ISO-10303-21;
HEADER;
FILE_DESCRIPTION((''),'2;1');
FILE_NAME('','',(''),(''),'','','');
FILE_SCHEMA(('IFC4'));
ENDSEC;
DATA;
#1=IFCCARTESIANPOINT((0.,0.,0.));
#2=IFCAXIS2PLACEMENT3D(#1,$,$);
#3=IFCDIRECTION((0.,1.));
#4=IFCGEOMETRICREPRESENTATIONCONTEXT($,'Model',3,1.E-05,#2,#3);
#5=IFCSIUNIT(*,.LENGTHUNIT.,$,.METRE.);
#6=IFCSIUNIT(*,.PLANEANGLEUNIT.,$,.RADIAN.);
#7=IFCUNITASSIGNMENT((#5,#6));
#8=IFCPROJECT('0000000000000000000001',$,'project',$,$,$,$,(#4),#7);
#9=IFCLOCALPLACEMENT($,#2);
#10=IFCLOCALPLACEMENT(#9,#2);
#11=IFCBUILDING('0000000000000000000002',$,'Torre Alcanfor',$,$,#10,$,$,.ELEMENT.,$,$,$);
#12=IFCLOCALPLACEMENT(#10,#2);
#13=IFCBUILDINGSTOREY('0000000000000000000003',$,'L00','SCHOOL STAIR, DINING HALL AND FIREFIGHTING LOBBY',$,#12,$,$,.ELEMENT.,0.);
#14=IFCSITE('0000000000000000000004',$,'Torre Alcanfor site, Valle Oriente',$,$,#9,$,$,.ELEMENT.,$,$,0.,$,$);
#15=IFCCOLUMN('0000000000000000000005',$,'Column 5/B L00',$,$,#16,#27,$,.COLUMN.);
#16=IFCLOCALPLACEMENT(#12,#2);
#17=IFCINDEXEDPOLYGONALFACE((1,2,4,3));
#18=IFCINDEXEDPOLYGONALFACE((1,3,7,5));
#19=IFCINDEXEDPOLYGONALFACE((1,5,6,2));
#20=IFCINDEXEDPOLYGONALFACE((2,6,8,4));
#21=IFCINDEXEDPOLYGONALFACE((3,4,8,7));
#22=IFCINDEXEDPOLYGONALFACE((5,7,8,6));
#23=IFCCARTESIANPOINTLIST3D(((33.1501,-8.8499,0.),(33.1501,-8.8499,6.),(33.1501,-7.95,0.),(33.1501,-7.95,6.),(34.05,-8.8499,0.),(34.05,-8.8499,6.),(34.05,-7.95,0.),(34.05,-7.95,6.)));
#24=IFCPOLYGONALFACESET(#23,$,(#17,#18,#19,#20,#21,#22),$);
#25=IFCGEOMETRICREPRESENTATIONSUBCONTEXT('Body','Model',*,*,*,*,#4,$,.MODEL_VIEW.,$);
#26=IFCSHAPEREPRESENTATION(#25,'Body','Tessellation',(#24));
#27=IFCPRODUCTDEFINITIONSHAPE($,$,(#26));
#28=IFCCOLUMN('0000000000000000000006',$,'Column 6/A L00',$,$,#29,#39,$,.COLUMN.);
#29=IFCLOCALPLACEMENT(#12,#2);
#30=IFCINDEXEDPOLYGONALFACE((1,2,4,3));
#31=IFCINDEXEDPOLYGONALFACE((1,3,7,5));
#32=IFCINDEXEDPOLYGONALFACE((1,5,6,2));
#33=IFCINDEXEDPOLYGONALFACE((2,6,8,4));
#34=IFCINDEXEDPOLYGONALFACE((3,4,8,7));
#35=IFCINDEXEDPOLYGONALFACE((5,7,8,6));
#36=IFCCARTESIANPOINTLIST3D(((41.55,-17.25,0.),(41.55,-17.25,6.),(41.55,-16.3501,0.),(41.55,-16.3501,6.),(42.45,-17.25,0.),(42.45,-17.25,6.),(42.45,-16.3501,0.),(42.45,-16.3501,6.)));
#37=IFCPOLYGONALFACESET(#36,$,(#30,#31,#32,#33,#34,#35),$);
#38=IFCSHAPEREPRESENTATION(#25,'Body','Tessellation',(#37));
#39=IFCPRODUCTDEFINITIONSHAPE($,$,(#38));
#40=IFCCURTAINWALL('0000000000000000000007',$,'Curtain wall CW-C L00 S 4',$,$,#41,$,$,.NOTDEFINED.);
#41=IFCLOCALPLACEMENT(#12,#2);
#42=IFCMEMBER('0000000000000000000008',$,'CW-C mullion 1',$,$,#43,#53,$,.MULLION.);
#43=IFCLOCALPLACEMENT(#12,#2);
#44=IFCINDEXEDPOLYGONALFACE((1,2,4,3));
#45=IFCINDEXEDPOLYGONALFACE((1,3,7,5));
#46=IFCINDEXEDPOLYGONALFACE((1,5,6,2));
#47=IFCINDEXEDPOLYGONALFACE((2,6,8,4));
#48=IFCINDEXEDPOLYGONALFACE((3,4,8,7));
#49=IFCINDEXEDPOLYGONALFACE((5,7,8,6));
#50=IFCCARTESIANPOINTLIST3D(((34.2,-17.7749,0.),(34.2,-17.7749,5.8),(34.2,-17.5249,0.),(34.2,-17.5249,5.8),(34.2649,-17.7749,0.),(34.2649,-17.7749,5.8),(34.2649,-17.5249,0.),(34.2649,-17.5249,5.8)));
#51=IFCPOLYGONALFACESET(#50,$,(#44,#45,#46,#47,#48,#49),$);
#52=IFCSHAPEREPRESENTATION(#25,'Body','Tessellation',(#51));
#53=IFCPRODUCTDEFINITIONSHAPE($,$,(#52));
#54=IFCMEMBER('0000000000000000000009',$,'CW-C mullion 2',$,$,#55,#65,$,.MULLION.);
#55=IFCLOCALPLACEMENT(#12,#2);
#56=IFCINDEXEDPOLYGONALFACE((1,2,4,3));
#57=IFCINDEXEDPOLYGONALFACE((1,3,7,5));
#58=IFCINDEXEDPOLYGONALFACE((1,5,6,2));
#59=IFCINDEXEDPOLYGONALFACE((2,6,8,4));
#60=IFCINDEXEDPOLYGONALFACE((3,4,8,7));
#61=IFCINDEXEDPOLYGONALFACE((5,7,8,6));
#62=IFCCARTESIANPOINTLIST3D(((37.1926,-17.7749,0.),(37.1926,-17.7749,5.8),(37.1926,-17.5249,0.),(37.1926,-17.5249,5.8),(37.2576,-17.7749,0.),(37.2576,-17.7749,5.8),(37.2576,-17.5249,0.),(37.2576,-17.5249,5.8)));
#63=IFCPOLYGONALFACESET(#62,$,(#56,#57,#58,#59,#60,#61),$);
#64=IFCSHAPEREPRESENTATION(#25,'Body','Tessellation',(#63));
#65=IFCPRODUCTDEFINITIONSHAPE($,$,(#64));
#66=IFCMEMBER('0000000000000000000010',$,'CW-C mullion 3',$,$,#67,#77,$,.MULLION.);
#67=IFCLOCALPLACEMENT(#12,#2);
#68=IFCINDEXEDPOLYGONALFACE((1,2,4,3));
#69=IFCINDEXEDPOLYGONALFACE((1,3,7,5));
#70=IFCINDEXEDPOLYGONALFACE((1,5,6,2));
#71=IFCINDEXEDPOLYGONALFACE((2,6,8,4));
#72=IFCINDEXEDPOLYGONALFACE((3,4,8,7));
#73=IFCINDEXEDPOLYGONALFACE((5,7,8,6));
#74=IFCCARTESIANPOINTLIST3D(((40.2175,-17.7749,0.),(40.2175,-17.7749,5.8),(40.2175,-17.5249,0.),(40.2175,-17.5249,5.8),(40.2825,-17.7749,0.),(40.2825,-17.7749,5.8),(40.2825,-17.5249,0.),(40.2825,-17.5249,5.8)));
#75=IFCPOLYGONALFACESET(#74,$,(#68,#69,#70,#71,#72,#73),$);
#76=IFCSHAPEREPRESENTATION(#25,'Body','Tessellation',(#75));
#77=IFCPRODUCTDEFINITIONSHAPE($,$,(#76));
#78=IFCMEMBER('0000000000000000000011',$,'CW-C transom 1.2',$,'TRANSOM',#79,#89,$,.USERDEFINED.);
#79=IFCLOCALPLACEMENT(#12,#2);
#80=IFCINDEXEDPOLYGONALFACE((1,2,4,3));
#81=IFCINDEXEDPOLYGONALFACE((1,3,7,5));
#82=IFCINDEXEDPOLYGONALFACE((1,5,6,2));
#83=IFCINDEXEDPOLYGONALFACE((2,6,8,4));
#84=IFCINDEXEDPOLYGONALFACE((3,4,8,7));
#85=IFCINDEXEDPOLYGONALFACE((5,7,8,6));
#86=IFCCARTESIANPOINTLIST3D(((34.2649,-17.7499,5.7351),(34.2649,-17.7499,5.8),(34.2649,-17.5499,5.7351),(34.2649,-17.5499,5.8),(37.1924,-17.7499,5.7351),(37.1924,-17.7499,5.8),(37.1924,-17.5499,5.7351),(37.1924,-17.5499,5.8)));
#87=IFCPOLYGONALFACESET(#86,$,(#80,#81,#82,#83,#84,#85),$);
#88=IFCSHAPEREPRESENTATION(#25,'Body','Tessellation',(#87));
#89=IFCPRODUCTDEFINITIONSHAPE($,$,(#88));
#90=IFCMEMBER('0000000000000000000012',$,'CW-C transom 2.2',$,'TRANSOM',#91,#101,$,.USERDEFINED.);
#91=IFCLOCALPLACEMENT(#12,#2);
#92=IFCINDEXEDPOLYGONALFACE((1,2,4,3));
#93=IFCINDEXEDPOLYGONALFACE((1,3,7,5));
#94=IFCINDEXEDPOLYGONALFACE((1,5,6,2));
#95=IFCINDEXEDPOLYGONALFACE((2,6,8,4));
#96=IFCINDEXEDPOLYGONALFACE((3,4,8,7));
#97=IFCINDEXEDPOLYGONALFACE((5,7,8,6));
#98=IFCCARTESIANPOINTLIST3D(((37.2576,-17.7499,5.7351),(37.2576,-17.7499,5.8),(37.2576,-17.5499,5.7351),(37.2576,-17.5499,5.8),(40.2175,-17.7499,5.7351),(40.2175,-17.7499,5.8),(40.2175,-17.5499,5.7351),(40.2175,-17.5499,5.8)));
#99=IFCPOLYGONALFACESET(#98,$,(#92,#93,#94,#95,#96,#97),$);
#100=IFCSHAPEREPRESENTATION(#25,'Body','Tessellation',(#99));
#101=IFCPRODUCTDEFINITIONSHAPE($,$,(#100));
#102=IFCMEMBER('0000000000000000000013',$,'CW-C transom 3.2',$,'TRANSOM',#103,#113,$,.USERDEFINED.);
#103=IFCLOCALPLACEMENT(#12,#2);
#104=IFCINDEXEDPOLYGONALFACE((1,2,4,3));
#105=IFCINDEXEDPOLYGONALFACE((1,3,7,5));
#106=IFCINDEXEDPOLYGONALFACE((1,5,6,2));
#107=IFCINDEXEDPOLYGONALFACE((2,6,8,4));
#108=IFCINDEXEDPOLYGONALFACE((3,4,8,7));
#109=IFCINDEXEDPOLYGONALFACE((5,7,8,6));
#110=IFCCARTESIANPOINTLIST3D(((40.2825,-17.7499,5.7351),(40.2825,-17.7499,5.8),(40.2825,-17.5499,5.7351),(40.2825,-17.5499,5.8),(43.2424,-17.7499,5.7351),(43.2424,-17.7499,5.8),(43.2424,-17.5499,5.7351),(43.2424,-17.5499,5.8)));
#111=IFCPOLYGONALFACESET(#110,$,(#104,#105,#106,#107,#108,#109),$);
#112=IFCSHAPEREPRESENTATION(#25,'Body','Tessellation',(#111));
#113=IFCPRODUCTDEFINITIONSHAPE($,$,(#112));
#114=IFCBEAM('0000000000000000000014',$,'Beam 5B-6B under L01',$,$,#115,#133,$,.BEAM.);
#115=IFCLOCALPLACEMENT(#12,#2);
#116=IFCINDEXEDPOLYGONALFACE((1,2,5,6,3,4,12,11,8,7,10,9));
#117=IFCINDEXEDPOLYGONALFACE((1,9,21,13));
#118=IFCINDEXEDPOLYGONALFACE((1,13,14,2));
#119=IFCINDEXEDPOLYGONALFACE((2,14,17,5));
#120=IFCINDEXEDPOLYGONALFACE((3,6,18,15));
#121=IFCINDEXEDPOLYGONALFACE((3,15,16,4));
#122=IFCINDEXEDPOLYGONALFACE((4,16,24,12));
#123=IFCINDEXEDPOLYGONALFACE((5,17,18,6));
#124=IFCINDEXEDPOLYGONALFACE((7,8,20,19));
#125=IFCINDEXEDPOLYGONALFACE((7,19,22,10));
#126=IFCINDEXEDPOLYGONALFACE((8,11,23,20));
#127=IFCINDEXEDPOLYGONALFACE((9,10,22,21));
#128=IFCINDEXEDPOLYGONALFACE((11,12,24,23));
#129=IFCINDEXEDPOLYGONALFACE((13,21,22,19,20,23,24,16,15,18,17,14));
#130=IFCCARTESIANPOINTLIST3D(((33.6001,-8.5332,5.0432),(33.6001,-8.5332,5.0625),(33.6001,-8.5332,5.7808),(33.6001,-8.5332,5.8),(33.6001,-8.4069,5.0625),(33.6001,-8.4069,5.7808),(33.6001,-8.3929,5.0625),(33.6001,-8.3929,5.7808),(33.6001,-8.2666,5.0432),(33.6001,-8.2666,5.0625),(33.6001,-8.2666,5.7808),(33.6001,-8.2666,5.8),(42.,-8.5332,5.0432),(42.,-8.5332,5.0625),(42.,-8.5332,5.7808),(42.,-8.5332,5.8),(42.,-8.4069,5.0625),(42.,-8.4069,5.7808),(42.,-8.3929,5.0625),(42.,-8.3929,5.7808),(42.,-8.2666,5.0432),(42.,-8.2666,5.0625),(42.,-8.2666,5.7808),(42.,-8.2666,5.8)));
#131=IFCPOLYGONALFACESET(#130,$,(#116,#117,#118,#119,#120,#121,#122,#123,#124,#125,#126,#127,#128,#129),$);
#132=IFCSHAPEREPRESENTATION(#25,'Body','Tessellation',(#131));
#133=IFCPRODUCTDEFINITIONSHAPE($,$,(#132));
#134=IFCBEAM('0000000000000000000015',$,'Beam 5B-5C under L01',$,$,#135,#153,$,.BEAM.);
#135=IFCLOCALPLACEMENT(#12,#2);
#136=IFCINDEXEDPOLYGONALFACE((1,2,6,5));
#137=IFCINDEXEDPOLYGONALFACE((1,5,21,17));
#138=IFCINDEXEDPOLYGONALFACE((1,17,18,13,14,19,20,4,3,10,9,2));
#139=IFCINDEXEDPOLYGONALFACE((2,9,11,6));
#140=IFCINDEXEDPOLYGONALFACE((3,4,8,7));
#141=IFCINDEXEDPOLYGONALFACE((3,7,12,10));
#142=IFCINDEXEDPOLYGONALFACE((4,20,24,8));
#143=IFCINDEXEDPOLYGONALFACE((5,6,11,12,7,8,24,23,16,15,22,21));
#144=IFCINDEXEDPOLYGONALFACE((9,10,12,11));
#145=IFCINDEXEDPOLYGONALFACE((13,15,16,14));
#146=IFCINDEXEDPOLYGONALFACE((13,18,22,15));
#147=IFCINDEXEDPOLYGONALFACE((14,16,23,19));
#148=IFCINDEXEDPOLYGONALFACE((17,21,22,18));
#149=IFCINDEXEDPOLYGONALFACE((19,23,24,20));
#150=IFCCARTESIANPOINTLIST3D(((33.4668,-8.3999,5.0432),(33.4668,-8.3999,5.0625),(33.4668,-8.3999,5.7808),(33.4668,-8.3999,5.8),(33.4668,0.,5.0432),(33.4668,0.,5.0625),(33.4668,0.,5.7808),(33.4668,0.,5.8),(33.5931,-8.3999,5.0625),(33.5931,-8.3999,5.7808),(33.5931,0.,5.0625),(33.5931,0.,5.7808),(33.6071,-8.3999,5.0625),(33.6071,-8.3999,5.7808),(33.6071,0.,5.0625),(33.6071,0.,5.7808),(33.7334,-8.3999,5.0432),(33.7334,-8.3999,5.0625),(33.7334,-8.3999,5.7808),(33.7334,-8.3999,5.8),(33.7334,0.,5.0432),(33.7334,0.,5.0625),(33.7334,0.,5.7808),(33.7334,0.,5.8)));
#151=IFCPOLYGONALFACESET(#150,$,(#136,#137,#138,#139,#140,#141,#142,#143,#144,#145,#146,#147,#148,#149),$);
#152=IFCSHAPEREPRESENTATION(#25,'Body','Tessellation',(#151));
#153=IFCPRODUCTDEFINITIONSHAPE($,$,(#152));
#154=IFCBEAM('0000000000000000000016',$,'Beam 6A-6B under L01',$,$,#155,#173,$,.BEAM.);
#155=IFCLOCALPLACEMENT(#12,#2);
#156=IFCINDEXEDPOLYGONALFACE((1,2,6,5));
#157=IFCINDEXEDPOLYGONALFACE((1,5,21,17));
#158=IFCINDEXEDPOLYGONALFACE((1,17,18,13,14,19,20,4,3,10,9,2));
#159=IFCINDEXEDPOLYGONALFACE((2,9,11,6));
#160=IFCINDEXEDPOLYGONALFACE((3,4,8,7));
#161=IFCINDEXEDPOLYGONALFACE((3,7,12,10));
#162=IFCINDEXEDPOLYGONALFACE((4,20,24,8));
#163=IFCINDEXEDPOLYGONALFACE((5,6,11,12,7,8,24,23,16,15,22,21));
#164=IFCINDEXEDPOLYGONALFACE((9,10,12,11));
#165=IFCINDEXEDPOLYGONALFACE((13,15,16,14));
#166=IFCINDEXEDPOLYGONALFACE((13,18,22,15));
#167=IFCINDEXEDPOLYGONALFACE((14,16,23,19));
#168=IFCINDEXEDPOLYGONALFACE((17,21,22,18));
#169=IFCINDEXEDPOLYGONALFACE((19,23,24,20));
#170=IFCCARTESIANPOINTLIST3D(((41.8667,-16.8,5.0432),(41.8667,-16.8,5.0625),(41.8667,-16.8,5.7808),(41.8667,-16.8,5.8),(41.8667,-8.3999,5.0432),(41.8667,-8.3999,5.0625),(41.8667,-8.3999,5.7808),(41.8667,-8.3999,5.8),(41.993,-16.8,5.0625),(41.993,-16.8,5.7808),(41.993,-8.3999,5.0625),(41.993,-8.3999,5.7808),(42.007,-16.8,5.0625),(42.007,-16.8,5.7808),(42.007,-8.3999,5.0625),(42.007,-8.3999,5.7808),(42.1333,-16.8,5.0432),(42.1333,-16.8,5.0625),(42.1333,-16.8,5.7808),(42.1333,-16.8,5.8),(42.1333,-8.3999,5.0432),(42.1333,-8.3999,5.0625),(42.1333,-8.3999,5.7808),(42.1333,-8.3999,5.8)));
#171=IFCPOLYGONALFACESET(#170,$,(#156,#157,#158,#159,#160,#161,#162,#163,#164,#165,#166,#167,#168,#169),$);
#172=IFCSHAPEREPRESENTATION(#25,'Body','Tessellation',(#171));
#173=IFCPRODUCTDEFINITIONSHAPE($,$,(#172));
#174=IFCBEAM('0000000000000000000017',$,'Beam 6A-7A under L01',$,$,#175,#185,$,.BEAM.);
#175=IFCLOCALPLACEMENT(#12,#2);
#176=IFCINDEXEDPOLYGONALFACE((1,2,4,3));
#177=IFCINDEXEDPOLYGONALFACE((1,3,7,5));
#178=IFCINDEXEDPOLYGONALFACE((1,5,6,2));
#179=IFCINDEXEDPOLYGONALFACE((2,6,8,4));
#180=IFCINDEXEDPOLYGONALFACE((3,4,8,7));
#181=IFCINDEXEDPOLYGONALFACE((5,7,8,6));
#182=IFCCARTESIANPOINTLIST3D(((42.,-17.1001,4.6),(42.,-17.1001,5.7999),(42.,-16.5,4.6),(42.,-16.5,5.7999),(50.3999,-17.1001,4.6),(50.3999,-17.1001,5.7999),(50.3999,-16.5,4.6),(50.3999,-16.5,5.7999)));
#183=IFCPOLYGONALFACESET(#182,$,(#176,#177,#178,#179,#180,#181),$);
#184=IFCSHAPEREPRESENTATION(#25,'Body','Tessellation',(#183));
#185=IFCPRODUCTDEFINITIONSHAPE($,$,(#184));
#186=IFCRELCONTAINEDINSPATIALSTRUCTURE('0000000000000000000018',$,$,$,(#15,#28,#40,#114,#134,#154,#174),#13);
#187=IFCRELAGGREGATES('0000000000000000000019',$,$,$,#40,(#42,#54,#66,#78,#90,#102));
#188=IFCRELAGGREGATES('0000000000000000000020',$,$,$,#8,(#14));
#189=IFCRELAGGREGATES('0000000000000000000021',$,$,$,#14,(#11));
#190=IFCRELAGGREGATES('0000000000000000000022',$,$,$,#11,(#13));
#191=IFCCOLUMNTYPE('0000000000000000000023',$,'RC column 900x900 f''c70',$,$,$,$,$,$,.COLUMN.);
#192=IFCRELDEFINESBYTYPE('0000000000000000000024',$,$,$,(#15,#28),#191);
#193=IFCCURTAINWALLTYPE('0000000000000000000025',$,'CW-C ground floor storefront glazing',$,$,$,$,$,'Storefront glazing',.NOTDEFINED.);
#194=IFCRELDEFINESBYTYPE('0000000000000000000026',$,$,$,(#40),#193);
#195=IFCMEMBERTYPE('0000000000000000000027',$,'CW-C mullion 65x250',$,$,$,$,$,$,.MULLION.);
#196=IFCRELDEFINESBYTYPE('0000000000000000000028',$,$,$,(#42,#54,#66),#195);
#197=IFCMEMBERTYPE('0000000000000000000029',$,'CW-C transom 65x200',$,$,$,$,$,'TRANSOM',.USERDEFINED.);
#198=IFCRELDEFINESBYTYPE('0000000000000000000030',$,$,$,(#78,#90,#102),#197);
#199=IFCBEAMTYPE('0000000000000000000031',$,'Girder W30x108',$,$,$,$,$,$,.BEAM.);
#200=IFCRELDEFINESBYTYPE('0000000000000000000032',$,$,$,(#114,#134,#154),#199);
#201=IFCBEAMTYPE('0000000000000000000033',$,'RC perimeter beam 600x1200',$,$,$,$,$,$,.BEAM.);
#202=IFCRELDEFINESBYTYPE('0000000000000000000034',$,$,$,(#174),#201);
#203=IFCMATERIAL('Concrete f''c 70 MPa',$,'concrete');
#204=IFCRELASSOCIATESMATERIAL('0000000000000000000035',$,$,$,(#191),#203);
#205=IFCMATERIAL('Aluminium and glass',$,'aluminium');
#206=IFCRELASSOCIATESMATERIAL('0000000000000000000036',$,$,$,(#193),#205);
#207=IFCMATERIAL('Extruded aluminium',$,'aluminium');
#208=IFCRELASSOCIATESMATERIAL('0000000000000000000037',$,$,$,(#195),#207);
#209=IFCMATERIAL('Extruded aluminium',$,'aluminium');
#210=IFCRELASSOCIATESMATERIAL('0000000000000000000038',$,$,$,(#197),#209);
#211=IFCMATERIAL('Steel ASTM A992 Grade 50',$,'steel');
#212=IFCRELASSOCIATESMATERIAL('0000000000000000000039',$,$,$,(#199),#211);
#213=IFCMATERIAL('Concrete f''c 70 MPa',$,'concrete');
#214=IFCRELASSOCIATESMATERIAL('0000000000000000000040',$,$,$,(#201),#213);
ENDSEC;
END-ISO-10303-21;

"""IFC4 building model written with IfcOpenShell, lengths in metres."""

from ifc_helpers import new_model, si_unit, direction, frame, origin, origin_2d, place, context, subcontext, project, spatial, rectangle, i_section, extrude, material, material_profile, profile_set, type_object, element, aggregate, save


model = new_model("IFC4")

# Units and contexts
model_context = context("Model", 3, precision=1e-05, world=origin(), true_north=direction((0.0, 1.0)))
body_context = subcontext(model_context, "Body", "Model", "MODEL_VIEW")
ifc_project = project(units=[si_unit("LENGTHUNIT", "METRE"), si_unit("PLANEANGLEUNIT", "RADIAN")], contexts=[model_context])

# Site, building, storey
site_placement = place(None, origin())
site = spatial("IfcSite", under=ifc_project, at=site_placement, Name="Torre Alcanfor site, Valle Oriente", CompositionType="ELEMENT", RefElevation=0.0)
building_placement = place(site_placement, origin())
building = spatial("IfcBuilding", under=site, at=building_placement, Name="Torre Alcanfor", CompositionType="ELEMENT")
storey_placement = place(building_placement, origin())
storey = spatial("IfcBuildingStorey", under=building, at=storey_placement, Name="L00", Description="SCHOOL STAIR, DINING HALL AND FIREFIGHTING LOBBY", CompositionType="ELEMENT", Elevation=0.0)

# Columns
ifc_material_1 = material(Name="Concrete f'c 70 MPa", Category="concrete")
ifc_material_profile_1 = material_profile(ifc_material_1, rectangle(XDim=0.8999, YDim=0.8999, at=origin_2d()), Name="900x900")
ifc_profile_set_1 = profile_set([ifc_material_profile_1], Name="Concrete f'c 70 MPa")
column_type = type_object("IfcColumnType", Name="RC column 900x900 f'c70", PredefinedType="COLUMN", material=ifc_profile_set_1)
for number, where, z_axis, x_axis, name in (
    (1, (33.6001, -8.3999, 0.0), (0.0, 0.0, 1.0), (1.0, 0.0, 0.0), "Column 5/B L00"),
    (2, (42.0, -16.8, 0.0), (0.0, 0.0, 1.0), (1.0, 0.0, 0.0), "Column 6/A L00"),
):
    element("IfcColumn", number, at=place(storey_placement, frame(where, z_axis=z_axis, x_axis=x_axis)), inside=storey, type_object=column_type, Name=name, PredefinedType="COLUMN", context=body_context, shape_type="SweptSolid", body=[
        extrude(rectangle(XDim=0.8999, YDim=0.8999, at=origin_2d()), origin(), (0.0, 0.0, 1.0), 6.0),
    ])

# Curtain wall, members
ifc_material_2 = material(Name="Aluminium and glass", Category="aluminium")
curtain_wall_type = type_object("IfcCurtainWallType", Name="CW-C ground floor storefront glazing", ElementType="Storefront glazing", PredefinedType="NOTDEFINED", material=ifc_material_2)
curtain_wall_placement = place(storey_placement, origin())
curtain_wall = element("IfcCurtainWall", 3, at=curtain_wall_placement, inside=storey, type_object=curtain_wall_type, Name="Curtain wall CW-C L00 S 4", PredefinedType="NOTDEFINED")
ifc_material_3 = material(Name="Extruded aluminium", Category="aluminium")
ifc_material_profile_2 = material_profile(ifc_material_3, rectangle(XDim=0.25, YDim=0.0649, at=origin_2d()), Name="CW-C mullion 65x250")
ifc_profile_set_2 = profile_set([ifc_material_profile_2], Name="Extruded aluminium")
member_type_1 = type_object("IfcMemberType", Name="CW-C mullion 65x250", PredefinedType="MULLION", material=ifc_profile_set_2)
member_1_placement = place(storey_placement, frame((34.2324, -17.6499, 0.0), z_axis=(0.0, 0.0, 1.0), x_axis=(0.0, 1.0, 0.0)))
member_1 = element("IfcMember", 4, at=member_1_placement, type_object=member_type_1, Name="CW-C mullion 1", PredefinedType="MULLION", context=body_context, shape_type="SweptSolid", body=[
    extrude(rectangle(XDim=0.25, YDim=0.0649, at=origin_2d()), origin(), (0.0, 0.0, 1.0), 5.8),
])
member_2_placement = place(storey_placement, frame((37.2251, -17.6499, 0.0), z_axis=(0.0, 0.0, 1.0), x_axis=(0.0, 1.0, 0.0)))
member_2 = element("IfcMember", 5, at=member_2_placement, type_object=member_type_1, Name="CW-C mullion 2", PredefinedType="MULLION", context=body_context, shape_type="SweptSolid", body=[
    extrude(rectangle(XDim=0.25, YDim=0.0649, at=origin_2d()), origin(), (0.0, 0.0, 1.0), 5.8),
])
member_3_placement = place(storey_placement, frame((40.25, -17.6499, 0.0), z_axis=(0.0, 0.0, 1.0), x_axis=(0.0, 1.0, 0.0)))
member_3 = element("IfcMember", 6, at=member_3_placement, type_object=member_type_1, Name="CW-C mullion 3", PredefinedType="MULLION", context=body_context, shape_type="SweptSolid", body=[
    extrude(rectangle(XDim=0.25, YDim=0.0649, at=origin_2d()), origin(), (0.0, 0.0, 1.0), 5.8),
])
ifc_material_4 = material(Name="Extruded aluminium", Category="aluminium")
ifc_material_profile_3 = material_profile(ifc_material_4, rectangle(XDim=0.2, YDim=0.0649, at=origin_2d()), Name="CW-C transom 200x65")
ifc_profile_set_3 = profile_set([ifc_material_profile_3], Name="Extruded aluminium")
member_type_2 = type_object("IfcMemberType", Name="CW-C transom 65x200", ElementType="TRANSOM", PredefinedType="USERDEFINED", material=ifc_profile_set_3)
member_4_placement = place(storey_placement, frame((34.2649, -17.6499, 5.7676), z_axis=(1.0, 0.0, 0.0), x_axis=(0.0, 1.0, 0.0)))
member_4 = element("IfcMember", 7, at=member_4_placement, type_object=member_type_2, Name="CW-C transom 1.2", ObjectType="TRANSOM", PredefinedType="USERDEFINED", context=body_context, shape_type="SweptSolid", body=[
    extrude(rectangle(XDim=0.2, YDim=0.0649, at=origin_2d()), origin(), (0.0, 0.0, 1.0), 2.9275),
])
member_5_placement = place(storey_placement, frame((37.2576, -17.6499, 5.7676), z_axis=(1.0, 0.0, 0.0), x_axis=(0.0, 1.0, 0.0)))
member_5 = element("IfcMember", 8, at=member_5_placement, type_object=member_type_2, Name="CW-C transom 2.2", ObjectType="TRANSOM", PredefinedType="USERDEFINED", context=body_context, shape_type="SweptSolid", body=[
    extrude(rectangle(XDim=0.2, YDim=0.0649, at=origin_2d()), origin(), (0.0, 0.0, 1.0), 2.96),
])
member_6_placement = place(storey_placement, frame((40.2825, -17.6499, 5.7676), z_axis=(1.0, 0.0, 0.0), x_axis=(0.0, 1.0, 0.0)))
member_6 = element("IfcMember", 9, at=member_6_placement, type_object=member_type_2, Name="CW-C transom 3.2", ObjectType="TRANSOM", PredefinedType="USERDEFINED", context=body_context, shape_type="SweptSolid", body=[
    extrude(rectangle(XDim=0.2, YDim=0.0649, at=origin_2d()), origin(), (0.0, 0.0, 1.0), 2.96),
])

# Beams
ifc_material_5 = material(Name="Steel ASTM A992 Grade 50", Category="steel")
ifc_material_profile_4 = material_profile(ifc_material_5, i_section(OverallWidth=0.2666, OverallDepth=0.7568, WebThickness=0.0139, FlangeThickness=0.0193, at=origin_2d()), Name="W30x108")
ifc_profile_set_4 = profile_set([ifc_material_profile_4], Name="Steel ASTM A992 Grade 50")
beam_type_1 = type_object("IfcBeamType", Name="Girder W30x108", PredefinedType="BEAM", material=ifc_profile_set_4)
for number, where, z_axis, x_axis, name in (
    (10, (33.6001, -8.3999, 5.4216), (1.0, 0.0, 0.0), (0.0, 1.0, 0.0), "Beam 5B-6B under L01"),
    (11, (33.6001, -8.3999, 5.4216), (0.0, 1.0, 0.0), (-1.0, 0.0, 0.0), "Beam 5B-5C under L01"),
):
    element("IfcBeam", number, at=place(storey_placement, frame(where, z_axis=z_axis, x_axis=x_axis)), inside=storey, type_object=beam_type_1, Name=name, PredefinedType="BEAM", context=body_context, shape_type="SweptSolid", body=[
        extrude(i_section(OverallWidth=0.2666, OverallDepth=0.7568, WebThickness=0.0139, FlangeThickness=0.0193, at=origin_2d()), origin(), (0.0, 0.0, 1.0), 8.3999),
    ])
beam_1_placement = place(storey_placement, frame((42.0, -16.8, 5.4216), z_axis=(0.0, 1.0, 0.0), x_axis=(-1.0, 0.0, 0.0)))
element("IfcBeam", 12, at=beam_1_placement, inside=storey, type_object=beam_type_1, Name="Beam 6A-6B under L01", PredefinedType="BEAM", context=body_context, shape_type="SweptSolid", body=[
    extrude(i_section(OverallWidth=0.2666, OverallDepth=0.7568, WebThickness=0.0139, FlangeThickness=0.0193, at=origin_2d()), origin(), (0.0, 0.0, 1.0), 8.4001),
])
ifc_material_6 = material(Name="Concrete f'c 70 MPa", Category="concrete")
ifc_material_profile_5 = material_profile(ifc_material_6, rectangle(XDim=0.6001, YDim=1.2, at=origin_2d()), Name="600x1200")
ifc_profile_set_5 = profile_set([ifc_material_profile_5], Name="Concrete f'c 70 MPa")
beam_type_2 = type_object("IfcBeamType", Name="RC perimeter beam 600x1200", PredefinedType="BEAM", material=ifc_profile_set_5)
beam_2_placement = place(storey_placement, frame((42.0, -16.8, 5.2), z_axis=(1.0, 0.0, 0.0), x_axis=(0.0, 1.0, 0.0)))
element("IfcBeam", 13, at=beam_2_placement, inside=storey, type_object=beam_type_2, Name="Beam 6A-7A under L01", PredefinedType="BEAM", context=body_context, shape_type="SweptSolid", body=[
    extrude(rectangle(XDim=0.6001, YDim=1.2, at=origin_2d()), origin(), (0.0, 0.0, 1.0), 8.3999),
])

aggregate(curtain_wall, [member_1, member_2, member_3, member_4, member_5, member_6])

save(model, "model.ifc")
